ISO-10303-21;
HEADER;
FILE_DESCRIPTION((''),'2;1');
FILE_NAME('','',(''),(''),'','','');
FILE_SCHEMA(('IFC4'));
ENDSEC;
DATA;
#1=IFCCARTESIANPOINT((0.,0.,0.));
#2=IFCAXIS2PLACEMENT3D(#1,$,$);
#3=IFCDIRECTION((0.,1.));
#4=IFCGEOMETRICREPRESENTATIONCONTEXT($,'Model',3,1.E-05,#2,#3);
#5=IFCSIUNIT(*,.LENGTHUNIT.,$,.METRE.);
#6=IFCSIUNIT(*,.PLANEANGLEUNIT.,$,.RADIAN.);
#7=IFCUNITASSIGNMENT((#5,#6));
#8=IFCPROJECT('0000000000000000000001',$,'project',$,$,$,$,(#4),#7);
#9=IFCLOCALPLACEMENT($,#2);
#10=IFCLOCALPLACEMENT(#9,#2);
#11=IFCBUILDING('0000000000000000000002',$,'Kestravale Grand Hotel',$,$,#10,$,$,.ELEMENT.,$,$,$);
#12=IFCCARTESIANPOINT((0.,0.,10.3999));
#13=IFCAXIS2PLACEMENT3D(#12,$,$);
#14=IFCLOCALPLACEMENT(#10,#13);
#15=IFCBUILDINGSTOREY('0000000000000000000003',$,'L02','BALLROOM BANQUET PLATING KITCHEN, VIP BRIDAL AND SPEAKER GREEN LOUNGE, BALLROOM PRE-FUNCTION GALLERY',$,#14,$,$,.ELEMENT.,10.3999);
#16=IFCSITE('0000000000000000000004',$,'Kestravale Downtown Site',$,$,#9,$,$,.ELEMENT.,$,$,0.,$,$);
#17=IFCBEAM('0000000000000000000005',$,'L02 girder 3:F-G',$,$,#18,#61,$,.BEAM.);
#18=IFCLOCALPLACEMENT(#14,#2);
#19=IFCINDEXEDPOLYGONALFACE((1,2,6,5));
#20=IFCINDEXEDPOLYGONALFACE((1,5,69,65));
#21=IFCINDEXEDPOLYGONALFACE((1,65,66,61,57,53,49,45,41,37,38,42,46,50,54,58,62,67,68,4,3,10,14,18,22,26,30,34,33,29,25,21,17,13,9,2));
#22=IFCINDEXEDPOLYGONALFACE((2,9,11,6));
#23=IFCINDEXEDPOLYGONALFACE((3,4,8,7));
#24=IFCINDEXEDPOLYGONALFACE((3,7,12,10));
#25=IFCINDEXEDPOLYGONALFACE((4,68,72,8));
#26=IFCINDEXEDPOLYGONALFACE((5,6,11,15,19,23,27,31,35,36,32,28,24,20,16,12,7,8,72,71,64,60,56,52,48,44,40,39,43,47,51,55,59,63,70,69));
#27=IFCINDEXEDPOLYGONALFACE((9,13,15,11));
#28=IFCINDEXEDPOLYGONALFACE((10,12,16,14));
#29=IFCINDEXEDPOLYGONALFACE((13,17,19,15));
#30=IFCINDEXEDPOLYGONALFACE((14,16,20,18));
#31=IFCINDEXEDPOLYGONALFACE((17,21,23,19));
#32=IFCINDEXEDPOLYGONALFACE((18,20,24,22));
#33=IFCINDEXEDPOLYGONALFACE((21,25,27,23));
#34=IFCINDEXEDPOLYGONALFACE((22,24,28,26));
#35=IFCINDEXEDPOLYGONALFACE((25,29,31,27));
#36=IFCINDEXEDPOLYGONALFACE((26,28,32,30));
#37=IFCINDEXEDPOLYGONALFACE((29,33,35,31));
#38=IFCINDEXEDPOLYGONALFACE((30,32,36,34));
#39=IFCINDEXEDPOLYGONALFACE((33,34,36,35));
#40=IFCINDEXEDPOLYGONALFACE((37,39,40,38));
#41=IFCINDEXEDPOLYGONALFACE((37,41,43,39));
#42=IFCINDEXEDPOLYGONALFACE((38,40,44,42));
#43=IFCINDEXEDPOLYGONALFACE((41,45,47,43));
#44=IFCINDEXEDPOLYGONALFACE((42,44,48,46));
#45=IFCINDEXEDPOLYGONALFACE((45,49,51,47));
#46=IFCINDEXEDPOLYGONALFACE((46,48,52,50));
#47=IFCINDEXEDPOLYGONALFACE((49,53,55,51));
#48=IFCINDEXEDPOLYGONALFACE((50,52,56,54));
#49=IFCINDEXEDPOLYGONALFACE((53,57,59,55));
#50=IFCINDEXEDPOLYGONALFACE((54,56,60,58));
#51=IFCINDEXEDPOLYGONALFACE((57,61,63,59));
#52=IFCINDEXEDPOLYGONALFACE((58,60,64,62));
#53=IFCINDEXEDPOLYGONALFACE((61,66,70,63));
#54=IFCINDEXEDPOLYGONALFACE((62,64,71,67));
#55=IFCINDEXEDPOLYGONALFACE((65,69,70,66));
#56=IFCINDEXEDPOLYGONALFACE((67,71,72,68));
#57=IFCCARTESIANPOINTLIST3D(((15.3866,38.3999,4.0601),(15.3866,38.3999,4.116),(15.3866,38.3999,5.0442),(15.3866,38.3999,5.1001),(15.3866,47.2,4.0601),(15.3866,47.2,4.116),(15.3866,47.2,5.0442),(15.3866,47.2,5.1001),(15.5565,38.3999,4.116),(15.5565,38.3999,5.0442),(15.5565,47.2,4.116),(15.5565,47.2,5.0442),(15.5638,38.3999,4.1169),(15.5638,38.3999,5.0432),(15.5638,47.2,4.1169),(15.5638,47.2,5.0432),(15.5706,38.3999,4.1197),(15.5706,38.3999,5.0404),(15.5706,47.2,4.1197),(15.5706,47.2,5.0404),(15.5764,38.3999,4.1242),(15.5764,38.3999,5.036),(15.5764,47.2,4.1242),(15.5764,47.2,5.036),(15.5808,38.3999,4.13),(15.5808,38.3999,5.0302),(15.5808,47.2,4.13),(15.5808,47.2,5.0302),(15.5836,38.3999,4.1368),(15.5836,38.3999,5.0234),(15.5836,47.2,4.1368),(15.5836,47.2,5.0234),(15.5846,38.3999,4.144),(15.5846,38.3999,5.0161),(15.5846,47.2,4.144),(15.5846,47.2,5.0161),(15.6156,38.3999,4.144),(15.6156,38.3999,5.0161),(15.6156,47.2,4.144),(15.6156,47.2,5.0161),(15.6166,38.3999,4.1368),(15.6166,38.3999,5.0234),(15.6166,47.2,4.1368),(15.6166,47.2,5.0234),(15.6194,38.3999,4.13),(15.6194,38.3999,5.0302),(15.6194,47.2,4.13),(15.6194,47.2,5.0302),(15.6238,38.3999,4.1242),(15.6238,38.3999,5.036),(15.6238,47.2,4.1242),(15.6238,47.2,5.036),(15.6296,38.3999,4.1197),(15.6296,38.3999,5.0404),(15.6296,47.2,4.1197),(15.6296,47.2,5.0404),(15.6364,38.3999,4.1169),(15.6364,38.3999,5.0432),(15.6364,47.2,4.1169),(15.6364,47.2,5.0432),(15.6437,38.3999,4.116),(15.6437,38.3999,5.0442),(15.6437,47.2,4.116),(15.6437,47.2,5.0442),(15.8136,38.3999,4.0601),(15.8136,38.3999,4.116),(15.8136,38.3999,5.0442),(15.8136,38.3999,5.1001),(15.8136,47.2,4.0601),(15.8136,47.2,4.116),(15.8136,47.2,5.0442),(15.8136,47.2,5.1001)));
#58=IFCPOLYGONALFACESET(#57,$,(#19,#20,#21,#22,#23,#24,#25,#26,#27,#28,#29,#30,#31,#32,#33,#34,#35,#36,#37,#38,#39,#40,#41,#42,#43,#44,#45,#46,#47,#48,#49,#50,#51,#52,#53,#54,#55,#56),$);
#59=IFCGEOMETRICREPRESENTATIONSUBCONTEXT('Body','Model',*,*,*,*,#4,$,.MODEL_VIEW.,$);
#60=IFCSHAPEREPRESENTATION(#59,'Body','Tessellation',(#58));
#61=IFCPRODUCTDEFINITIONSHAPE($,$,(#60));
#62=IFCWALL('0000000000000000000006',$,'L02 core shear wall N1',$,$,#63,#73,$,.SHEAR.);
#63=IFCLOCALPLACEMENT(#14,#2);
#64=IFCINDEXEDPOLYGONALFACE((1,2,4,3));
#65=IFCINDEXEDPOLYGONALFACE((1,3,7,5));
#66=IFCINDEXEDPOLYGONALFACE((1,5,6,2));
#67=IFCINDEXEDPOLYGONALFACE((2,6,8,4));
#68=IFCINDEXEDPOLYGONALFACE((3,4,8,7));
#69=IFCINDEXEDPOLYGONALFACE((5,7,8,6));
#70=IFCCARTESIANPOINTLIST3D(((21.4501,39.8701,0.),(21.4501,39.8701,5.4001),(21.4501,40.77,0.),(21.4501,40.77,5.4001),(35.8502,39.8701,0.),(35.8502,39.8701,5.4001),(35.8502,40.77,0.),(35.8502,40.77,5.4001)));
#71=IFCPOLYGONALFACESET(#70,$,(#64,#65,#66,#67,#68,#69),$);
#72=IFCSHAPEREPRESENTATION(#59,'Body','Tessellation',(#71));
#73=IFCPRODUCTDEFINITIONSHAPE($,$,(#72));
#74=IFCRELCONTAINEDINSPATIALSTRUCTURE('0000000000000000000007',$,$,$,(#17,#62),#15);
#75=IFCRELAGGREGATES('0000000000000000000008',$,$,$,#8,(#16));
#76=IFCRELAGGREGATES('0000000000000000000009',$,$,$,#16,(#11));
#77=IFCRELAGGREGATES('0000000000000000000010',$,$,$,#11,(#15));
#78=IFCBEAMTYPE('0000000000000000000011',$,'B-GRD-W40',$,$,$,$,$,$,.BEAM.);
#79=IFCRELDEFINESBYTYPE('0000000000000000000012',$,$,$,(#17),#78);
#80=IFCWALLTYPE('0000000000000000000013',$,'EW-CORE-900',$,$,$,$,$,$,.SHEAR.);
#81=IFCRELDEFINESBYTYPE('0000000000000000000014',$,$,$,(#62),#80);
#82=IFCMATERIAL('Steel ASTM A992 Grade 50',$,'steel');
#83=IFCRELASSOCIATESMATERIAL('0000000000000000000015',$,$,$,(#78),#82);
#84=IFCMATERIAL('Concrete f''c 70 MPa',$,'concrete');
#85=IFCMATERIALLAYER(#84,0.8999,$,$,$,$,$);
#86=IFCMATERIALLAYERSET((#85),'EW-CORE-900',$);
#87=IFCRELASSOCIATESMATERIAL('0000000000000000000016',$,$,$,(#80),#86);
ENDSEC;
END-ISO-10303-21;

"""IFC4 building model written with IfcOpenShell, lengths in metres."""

from ifc_helpers import new_model, si_unit, direction, frame, frame_2d, origin, origin_2d, place, context, subcontext, project, spatial, rectangle, i_section, extrude, material, layer, layer_set, material_profile, profile_set, type_object, element, save


model = new_model("IFC4")

# Units and contexts
model_context = context("Model", 3, precision=1e-05, world=origin(), true_north=direction((0.0, 1.0)))
body_context = subcontext(model_context, "Body", "Model", "MODEL_VIEW")
ifc_project = project(units=[si_unit("LENGTHUNIT", "METRE"), si_unit("PLANEANGLEUNIT", "RADIAN")], contexts=[model_context])

# Site, building, storey
site_placement = place(None, origin())
site = spatial("IfcSite", under=ifc_project, at=site_placement, Name="Kestravale Downtown Site", CompositionType="ELEMENT", RefElevation=0.0)
building_placement = place(site_placement, origin())
building = spatial("IfcBuilding", under=site, at=building_placement, Name="Kestravale Grand Hotel", CompositionType="ELEMENT")
storey_placement = place(building_placement, frame((0.0, 0.0, 10.3999)))
storey = spatial("IfcBuildingStorey", under=building, at=storey_placement, Name="L02", Description="BALLROOM BANQUET PLATING KITCHEN, VIP BRIDAL AND SPEAKER GREEN LOUNGE, BALLROOM PRE-FUNCTION GALLERY", CompositionType="ELEMENT", Elevation=10.3999)

# Beam
ifc_material_1 = material(Name="Steel ASTM A992 Grade 50", Category="steel")
ifc_material_profile_1 = material_profile(ifc_material_1, i_section(OverallWidth=0.427, OverallDepth=1.04, WebThickness=0.031, FlangeThickness=0.0559, FilletRadius=0.0281, at=origin_2d()))
ifc_profile_set_1 = profile_set([ifc_material_profile_1], Name="Steel ASTM A992 Grade 50")
beam_type_1 = type_object("IfcBeamType", Name="B-GRD-W40", PredefinedType="BEAM", material=ifc_profile_set_1)
beam_1_placement = place(storey_placement, frame((15.6001, 38.3999, 4.5801), z_axis=(0.0, 1.0, 0.0), x_axis=(-1.0, 0.0, 0.0)))
element("IfcBeam", 1, at=beam_1_placement, inside=storey, type_object=beam_type_1, Name="L02 girder 3:F-G", PredefinedType="BEAM", context=body_context, shape_type="SweptSolid", body=[
    extrude(i_section(OverallWidth=0.427, OverallDepth=1.04, WebThickness=0.031, FlangeThickness=0.0559, FilletRadius=0.0281, at=origin_2d()), origin(), (0.0, 0.0, 1.0), 8.8),
])

# Wall
ifc_material_2 = material(Name="Concrete f'c 70 MPa", Category="concrete")
ifc_layer = layer(ifc_material_2, 0.8999)
ifc_layer_set = layer_set([ifc_layer], Name="EW-CORE-900")
wall_type = type_object("IfcWallType", Name="EW-CORE-900", PredefinedType="SHEAR", material=ifc_layer_set)
wall_placement = place(storey_placement, frame((21.45, 40.3201, 0.0), z_axis=(0.0, 0.0, 1.0), x_axis=(1.0, 0.0, 0.0)))
element("IfcWall", 2, at=wall_placement, inside=storey, type_object=wall_type, Name="L02 core shear wall N1", PredefinedType="SHEAR", context=body_context, shape_type="SweptSolid", body=[
    extrude(rectangle(XDim=14.4001, YDim=0.8999, at=frame_2d((7.2002, 0.0))), origin(), (0.0, 0.0, 1.0), 5.4001),
])

save(model, "model.ifc")
